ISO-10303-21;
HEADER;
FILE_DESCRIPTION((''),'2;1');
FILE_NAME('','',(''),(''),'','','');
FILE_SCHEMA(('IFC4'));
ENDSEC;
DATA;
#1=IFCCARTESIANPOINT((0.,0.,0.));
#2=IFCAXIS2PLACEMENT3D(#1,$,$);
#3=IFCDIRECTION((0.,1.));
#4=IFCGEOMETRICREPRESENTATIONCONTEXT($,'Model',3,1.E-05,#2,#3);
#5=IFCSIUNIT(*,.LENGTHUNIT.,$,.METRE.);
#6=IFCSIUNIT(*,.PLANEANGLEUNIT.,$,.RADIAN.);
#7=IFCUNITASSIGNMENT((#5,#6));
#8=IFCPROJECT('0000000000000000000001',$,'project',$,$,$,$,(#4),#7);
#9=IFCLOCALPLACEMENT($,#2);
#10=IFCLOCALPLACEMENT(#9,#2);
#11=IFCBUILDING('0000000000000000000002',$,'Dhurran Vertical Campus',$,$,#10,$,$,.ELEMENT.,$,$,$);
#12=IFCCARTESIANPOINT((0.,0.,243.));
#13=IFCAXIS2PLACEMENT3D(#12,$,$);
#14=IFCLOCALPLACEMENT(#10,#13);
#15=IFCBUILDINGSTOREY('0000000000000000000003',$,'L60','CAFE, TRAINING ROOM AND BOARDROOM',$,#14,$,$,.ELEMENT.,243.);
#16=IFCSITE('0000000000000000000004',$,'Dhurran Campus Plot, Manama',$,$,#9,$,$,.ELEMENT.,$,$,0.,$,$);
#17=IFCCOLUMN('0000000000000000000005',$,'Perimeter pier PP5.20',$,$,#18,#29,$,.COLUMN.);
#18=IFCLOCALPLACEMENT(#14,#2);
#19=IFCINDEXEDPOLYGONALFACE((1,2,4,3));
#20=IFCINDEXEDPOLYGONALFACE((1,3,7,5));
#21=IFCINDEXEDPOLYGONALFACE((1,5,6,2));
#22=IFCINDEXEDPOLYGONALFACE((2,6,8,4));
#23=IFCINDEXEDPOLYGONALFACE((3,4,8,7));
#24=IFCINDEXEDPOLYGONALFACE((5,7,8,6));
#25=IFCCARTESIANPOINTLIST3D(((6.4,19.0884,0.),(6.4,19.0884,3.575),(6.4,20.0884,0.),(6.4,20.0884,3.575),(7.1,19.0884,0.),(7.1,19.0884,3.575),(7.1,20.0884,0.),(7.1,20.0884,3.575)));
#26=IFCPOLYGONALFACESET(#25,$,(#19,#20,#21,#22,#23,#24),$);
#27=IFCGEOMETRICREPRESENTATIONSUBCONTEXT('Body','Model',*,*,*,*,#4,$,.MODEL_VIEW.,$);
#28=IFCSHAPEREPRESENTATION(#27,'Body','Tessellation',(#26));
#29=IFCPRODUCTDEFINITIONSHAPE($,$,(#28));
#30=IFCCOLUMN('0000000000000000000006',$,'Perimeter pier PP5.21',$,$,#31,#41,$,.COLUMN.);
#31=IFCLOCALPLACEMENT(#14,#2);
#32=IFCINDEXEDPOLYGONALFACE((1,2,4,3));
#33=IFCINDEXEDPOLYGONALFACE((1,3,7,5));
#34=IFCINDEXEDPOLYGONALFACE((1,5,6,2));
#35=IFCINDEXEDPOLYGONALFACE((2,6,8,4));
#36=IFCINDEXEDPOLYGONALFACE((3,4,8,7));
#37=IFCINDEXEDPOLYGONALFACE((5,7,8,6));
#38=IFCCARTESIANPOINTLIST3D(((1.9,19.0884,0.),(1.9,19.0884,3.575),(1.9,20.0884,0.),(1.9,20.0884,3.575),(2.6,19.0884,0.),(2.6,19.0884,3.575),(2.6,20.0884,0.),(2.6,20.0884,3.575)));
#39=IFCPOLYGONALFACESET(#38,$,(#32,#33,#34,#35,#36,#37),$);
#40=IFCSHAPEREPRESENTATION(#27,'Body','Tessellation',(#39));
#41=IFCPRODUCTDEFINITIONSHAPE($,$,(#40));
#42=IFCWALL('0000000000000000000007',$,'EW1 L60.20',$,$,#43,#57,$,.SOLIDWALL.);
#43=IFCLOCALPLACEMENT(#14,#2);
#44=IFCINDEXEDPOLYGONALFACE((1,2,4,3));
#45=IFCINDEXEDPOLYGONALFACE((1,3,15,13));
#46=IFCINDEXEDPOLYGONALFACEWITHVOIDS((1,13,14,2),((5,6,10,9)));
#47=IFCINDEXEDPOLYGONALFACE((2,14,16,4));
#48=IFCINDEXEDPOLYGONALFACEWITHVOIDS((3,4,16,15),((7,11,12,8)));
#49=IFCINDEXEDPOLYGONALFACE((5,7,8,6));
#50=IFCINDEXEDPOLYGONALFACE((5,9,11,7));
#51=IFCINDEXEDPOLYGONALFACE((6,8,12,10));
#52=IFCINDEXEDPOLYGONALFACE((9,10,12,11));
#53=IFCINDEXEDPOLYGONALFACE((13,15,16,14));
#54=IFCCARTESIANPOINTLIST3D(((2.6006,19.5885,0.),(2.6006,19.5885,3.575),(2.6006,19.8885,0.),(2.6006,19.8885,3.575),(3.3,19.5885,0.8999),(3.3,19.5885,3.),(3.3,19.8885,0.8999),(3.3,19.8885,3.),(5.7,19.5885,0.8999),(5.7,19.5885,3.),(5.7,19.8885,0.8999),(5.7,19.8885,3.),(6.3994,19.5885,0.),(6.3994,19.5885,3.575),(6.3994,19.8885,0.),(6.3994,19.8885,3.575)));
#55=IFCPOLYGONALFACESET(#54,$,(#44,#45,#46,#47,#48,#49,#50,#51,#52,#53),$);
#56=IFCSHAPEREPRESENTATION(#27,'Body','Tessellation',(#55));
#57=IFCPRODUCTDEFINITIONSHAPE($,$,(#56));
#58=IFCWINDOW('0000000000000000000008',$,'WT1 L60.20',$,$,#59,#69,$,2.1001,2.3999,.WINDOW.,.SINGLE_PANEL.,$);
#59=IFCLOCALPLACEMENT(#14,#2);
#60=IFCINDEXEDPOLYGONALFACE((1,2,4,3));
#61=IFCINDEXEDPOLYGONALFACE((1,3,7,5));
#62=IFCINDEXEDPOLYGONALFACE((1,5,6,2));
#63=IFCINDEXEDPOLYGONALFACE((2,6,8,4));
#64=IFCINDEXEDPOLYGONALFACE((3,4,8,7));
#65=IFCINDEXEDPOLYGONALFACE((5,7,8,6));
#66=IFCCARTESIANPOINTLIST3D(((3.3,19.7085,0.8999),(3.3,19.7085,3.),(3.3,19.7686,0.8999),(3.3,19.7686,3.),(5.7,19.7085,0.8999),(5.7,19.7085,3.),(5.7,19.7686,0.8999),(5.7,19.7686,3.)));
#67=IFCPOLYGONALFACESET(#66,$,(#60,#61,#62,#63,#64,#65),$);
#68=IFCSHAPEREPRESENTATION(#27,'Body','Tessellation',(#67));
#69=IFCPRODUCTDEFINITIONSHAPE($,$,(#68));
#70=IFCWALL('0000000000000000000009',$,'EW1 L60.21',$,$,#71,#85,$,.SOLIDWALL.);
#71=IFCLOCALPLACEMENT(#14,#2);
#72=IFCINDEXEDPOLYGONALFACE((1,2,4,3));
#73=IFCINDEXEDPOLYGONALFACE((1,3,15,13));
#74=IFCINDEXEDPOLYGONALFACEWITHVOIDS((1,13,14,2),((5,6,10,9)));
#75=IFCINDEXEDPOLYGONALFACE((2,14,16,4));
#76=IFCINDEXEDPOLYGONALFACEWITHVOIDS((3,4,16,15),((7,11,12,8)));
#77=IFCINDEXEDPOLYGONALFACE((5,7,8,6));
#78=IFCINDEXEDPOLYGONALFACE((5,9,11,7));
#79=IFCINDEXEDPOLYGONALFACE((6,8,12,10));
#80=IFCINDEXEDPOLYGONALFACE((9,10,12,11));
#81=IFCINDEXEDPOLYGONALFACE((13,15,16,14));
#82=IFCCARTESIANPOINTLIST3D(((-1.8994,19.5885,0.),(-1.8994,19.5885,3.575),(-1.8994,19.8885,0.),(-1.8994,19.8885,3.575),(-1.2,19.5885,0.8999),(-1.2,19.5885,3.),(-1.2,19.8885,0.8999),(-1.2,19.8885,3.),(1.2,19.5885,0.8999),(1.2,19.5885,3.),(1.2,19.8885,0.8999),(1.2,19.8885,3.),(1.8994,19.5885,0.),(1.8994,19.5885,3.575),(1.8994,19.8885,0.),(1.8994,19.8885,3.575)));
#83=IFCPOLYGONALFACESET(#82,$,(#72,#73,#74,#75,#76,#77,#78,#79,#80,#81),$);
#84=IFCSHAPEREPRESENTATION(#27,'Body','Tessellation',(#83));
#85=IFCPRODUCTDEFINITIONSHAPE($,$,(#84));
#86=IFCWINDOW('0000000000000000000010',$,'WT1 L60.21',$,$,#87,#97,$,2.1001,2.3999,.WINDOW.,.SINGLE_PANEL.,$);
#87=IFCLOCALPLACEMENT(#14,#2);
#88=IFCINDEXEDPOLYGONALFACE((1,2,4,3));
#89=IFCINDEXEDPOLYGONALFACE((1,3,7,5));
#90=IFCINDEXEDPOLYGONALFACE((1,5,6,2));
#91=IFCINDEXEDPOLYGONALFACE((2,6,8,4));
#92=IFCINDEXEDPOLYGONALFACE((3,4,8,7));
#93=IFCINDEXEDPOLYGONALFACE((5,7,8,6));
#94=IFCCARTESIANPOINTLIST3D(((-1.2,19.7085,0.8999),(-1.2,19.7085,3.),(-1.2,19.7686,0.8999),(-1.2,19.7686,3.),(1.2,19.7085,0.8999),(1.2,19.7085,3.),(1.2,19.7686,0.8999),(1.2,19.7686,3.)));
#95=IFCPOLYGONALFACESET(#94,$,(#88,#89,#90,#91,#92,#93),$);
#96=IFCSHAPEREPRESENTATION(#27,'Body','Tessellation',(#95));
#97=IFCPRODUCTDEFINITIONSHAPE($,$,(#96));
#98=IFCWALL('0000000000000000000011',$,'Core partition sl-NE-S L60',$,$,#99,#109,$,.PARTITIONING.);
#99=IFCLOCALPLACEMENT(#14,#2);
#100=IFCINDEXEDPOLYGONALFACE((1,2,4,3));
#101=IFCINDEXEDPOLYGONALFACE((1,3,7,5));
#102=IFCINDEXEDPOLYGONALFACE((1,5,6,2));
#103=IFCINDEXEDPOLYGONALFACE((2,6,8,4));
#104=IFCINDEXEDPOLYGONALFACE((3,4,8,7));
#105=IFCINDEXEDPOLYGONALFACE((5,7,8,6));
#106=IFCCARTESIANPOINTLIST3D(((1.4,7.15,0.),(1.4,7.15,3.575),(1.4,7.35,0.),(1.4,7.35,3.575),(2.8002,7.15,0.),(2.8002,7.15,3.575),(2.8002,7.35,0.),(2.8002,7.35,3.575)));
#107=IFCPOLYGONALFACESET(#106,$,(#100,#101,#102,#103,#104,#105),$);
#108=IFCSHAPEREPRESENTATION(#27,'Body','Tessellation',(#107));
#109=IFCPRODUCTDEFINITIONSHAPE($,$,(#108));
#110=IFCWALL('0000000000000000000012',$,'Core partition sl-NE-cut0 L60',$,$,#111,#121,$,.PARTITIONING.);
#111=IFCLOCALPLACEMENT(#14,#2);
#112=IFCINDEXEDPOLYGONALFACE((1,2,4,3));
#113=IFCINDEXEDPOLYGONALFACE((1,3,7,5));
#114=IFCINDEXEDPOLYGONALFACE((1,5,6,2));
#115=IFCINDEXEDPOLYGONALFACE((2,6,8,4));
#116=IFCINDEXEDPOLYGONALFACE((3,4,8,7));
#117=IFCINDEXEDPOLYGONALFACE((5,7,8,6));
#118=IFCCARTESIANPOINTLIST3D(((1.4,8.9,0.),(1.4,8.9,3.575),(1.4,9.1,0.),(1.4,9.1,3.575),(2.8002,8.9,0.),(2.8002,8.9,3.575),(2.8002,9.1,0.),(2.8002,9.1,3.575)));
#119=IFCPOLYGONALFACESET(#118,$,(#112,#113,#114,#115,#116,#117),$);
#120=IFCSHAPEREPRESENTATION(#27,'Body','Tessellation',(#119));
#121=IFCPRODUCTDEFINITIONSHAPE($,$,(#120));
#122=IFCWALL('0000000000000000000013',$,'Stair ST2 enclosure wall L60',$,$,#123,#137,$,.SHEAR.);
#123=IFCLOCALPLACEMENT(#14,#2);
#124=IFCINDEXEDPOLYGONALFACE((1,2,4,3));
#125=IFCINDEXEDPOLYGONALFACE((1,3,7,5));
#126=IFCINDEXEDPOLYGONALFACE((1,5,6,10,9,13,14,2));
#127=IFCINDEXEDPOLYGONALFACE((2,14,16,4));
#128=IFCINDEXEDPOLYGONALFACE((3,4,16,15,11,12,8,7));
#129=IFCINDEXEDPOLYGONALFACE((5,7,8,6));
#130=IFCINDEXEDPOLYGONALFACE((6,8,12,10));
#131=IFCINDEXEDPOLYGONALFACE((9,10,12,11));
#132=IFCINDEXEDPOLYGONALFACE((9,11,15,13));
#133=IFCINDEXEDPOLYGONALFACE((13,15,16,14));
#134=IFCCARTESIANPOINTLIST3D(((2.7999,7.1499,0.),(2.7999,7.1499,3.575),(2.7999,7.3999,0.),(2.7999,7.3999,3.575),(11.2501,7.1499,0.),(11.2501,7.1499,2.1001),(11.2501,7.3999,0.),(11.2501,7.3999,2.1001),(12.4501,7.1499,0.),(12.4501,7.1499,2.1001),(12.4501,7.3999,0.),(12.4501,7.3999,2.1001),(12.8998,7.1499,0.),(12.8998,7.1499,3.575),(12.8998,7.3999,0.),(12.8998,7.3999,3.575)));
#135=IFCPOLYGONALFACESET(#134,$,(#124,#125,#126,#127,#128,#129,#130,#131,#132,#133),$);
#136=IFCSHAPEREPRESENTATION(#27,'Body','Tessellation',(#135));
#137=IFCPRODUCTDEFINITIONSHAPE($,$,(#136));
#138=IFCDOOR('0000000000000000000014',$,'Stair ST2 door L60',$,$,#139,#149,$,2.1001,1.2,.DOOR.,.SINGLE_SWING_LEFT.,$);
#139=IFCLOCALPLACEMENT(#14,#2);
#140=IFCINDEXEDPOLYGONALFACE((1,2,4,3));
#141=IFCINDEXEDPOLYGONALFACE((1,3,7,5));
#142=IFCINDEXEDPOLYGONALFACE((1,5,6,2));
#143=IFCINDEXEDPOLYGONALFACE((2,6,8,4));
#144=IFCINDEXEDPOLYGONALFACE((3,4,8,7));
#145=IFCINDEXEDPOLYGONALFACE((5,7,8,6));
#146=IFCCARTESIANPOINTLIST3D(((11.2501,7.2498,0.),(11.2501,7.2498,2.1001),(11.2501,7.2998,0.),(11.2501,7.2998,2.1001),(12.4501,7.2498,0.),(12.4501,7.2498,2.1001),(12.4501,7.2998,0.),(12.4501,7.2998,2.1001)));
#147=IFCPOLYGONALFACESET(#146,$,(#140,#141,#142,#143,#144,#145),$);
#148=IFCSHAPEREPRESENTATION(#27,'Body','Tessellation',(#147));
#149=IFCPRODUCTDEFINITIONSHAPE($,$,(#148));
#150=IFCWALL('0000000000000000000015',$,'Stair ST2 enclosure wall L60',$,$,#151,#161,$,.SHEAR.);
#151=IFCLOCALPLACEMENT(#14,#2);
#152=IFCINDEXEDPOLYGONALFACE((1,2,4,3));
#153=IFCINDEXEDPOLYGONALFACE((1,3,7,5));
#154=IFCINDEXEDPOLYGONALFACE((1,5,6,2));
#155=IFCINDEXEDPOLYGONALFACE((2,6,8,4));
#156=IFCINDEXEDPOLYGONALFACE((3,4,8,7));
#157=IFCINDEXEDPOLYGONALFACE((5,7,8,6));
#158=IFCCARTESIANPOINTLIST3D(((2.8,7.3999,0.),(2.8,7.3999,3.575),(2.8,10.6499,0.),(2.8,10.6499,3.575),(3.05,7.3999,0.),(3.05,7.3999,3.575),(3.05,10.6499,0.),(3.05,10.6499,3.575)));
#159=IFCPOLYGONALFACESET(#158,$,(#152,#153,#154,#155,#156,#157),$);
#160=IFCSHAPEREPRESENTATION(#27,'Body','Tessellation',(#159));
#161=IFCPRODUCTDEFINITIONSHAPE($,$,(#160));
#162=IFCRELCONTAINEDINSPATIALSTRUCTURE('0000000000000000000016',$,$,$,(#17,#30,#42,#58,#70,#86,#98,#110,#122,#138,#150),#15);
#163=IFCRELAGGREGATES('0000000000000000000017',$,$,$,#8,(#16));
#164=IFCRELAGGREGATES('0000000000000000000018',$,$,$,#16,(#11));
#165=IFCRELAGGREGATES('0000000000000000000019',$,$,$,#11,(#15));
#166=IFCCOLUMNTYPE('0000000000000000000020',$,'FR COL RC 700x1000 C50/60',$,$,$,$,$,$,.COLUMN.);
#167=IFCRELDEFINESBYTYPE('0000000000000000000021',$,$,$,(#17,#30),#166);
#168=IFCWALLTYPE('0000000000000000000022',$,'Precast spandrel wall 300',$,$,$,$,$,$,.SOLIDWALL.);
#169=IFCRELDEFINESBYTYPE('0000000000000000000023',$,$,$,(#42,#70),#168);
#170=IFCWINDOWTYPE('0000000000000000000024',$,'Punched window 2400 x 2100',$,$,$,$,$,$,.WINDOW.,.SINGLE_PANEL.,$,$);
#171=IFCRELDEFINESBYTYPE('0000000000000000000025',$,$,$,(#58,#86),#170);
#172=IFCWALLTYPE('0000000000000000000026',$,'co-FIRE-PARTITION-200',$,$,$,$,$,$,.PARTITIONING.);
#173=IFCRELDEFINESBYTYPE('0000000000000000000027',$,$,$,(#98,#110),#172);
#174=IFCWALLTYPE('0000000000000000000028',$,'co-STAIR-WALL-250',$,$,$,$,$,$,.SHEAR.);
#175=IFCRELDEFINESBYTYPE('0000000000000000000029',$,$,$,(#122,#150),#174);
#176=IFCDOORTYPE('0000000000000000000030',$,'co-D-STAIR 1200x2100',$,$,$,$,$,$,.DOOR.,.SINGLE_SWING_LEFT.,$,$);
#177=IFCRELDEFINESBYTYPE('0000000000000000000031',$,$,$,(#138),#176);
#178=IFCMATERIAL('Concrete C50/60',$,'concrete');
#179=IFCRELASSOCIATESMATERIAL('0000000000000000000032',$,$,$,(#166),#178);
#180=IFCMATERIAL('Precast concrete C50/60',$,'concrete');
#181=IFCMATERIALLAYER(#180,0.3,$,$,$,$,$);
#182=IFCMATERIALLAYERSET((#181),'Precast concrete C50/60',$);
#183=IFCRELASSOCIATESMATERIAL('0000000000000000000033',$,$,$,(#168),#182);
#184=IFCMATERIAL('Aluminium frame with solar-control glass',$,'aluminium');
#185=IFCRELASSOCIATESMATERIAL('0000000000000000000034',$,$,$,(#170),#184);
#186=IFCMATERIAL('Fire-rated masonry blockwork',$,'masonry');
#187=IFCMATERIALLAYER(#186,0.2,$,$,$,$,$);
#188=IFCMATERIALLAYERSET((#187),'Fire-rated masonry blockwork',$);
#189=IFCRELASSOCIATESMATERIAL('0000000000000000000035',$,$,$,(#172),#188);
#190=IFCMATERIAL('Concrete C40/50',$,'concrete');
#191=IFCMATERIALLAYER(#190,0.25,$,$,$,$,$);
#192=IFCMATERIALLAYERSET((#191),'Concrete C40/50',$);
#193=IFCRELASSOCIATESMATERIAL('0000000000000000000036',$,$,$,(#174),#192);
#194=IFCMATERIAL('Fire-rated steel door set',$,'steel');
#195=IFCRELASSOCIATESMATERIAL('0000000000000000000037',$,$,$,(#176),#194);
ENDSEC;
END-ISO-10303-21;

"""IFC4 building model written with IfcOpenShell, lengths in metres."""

from ifc_helpers import new_model, si_unit, direction, frame, frame_2d, origin, origin_2d, place, context, subcontext, project, spatial, rectangle, extrude, material, layer, layer_set, material_profile, profile_set, type_object, element, fill, save


model = new_model("IFC4")

# Units and contexts
model_context = context("Model", 3, precision=1e-05, world=origin(), true_north=direction((0.0, 1.0)))
body_context = subcontext(model_context, "Body", "Model", "MODEL_VIEW")
ifc_project = project(units=[si_unit("LENGTHUNIT", "METRE"), si_unit("PLANEANGLEUNIT", "RADIAN")], contexts=[model_context])

# Site, building, storey
site_placement = place(None, origin())
site = spatial("IfcSite", under=ifc_project, at=site_placement, Name="Dhurran Campus Plot, Manama", CompositionType="ELEMENT", RefElevation=0.0)
building_placement = place(site_placement, origin())
building = spatial("IfcBuilding", under=site, at=building_placement, Name="Dhurran Vertical Campus", CompositionType="ELEMENT")
storey_placement = place(building_placement, frame((0.0, 0.0, 243.0)))
storey = spatial("IfcBuildingStorey", under=building, at=storey_placement, Name="L60", Description="CAFE, TRAINING ROOM AND BOARDROOM", CompositionType="ELEMENT", Elevation=243.0)

# Columns
ifc_material_1 = material(Name="Concrete C50/60", Category="concrete")
ifc_material_profile = material_profile(ifc_material_1, rectangle(XDim=0.7, YDim=1.0, at=origin_2d()), Name="RC 700x1000")
ifc_profile_set = profile_set([ifc_material_profile], Name="Concrete C50/60")
column_type = type_object("IfcColumnType", Name="FR COL RC 700x1000 C50/60", PredefinedType="COLUMN", material=ifc_profile_set)
for number, where, z_axis, x_axis, name in (
    (1, (6.75, 19.5884, 0.0), (0.0, 0.0, 1.0), (-1.0, 0.0, 0.0), "Perimeter pier PP5.20"),
    (2, (2.25, 19.5884, 0.0), (0.0, 0.0, 1.0), (-1.0, 0.0, 0.0), "Perimeter pier PP5.21"),
):
    element("IfcColumn", number, at=place(storey_placement, frame(where, z_axis=z_axis, x_axis=x_axis)), inside=storey, type_object=column_type, Name=name, PredefinedType="COLUMN", context=body_context, shape_type="SweptSolid", body=[
        extrude(rectangle(XDim=0.7, YDim=1.0, at=origin_2d()), origin(), (0.0, 0.0, 1.0), 3.575),
    ])

# Walls, openings, windows
ifc_material_2 = material(Name="Precast concrete C50/60", Category="concrete")
ifc_layer_1 = layer(ifc_material_2, 0.3)
ifc_layer_set_1 = layer_set([ifc_layer_1], Name="Precast concrete C50/60")
wall_type_1 = type_object("IfcWallType", Name="Precast spandrel wall 300", PredefinedType="SOLIDWALL", material=ifc_layer_set_1)
wall_1_placement = place(storey_placement, frame((6.3994, 19.7385, 0.0), z_axis=(0.0, 0.0, 1.0), x_axis=(-1.0, 0.0, 0.0)))
wall_1 = element("IfcWall", 3, at=wall_1_placement, inside=storey, type_object=wall_type_1, Name="EW1 L60.20", PredefinedType="SOLIDWALL", context=body_context, shape_type="SweptSolid", body=[
    extrude(rectangle(XDim=3.7988, YDim=0.3, at=frame_2d((1.8994, 0.0))), origin(), (0.0, 0.0, 1.0), 3.575),
])
opening_1_placement = place(wall_1_placement, frame((0.6995, 0.0, 0.8999)))
opening_1 = element("IfcOpeningElement", 4, at=opening_1_placement, cuts=wall_1, PredefinedType="OPENING", context=body_context, shape_type="SweptSolid", body=[
    extrude(rectangle(XDim=2.3999, YDim=2.1001, at=frame_2d((1.2, 1.05))), frame((0.0, 0.1599, 0.0), z_axis=(0.0, -1.0, 0.0), x_axis=(1.0, 0.0, 0.0)), (0.0, 0.0, 1.0), 0.3201),
])
ifc_material_3 = material(Name="Aluminium frame with solar-control glass", Category="aluminium")
window_type = type_object("IfcWindowType", Name="Punched window 2400 x 2100", PartitioningType="SINGLE_PANEL", PredefinedType="WINDOW", material=ifc_material_3)
window_1_placement = place(opening_1_placement, origin())
window_1 = element("IfcWindow", 5, at=window_1_placement, inside=storey, type_object=window_type, Name="WT1 L60.20", OverallHeight=2.1001, OverallWidth=2.3999, PartitioningType="SINGLE_PANEL", PredefinedType="WINDOW", context=body_context, shape_type="SweptSolid", body=[
    extrude(rectangle(XDim=2.3999, YDim=2.1001, at=frame_2d((1.2, 1.05))), frame((0.0, 0.03, 0.0), z_axis=(0.0, -1.0, 0.0), x_axis=(1.0, 0.0, 0.0)), (0.0, 0.0, 1.0), 0.0601),
])
fill(opening_1, window_1)
wall_2_placement = place(storey_placement, frame((1.8994, 19.7385, 0.0), z_axis=(0.0, 0.0, 1.0), x_axis=(-1.0, 0.0, 0.0)))
wall_2 = element("IfcWall", 6, at=wall_2_placement, inside=storey, type_object=wall_type_1, Name="EW1 L60.21", PredefinedType="SOLIDWALL", context=body_context, shape_type="SweptSolid", body=[
    extrude(rectangle(XDim=3.7988, YDim=0.3, at=frame_2d((1.8994, 0.0))), origin(), (0.0, 0.0, 1.0), 3.575),
])
opening_2_placement = place(wall_2_placement, frame((0.6995, 0.0, 0.8999)))
opening_2 = element("IfcOpeningElement", 7, at=opening_2_placement, cuts=wall_2, PredefinedType="OPENING", context=body_context, shape_type="SweptSolid", body=[
    extrude(rectangle(XDim=2.3999, YDim=2.1001, at=frame_2d((1.2, 1.05))), frame((0.0, 0.1599, 0.0), z_axis=(0.0, -1.0, 0.0), x_axis=(1.0, 0.0, 0.0)), (0.0, 0.0, 1.0), 0.3201),
])
window_2_placement = place(opening_2_placement, origin())
window_2 = element("IfcWindow", 8, at=window_2_placement, inside=storey, type_object=window_type, Name="WT1 L60.21", OverallHeight=2.1001, OverallWidth=2.3999, PartitioningType="SINGLE_PANEL", PredefinedType="WINDOW", context=body_context, shape_type="SweptSolid", body=[
    extrude(rectangle(XDim=2.3999, YDim=2.1001, at=frame_2d((1.2, 1.05))), frame((0.0, 0.03, 0.0), z_axis=(0.0, -1.0, 0.0), x_axis=(1.0, 0.0, 0.0)), (0.0, 0.0, 1.0), 0.0601),
])
fill(opening_2, window_2)

# Walls
ifc_material_4 = material(Name="Fire-rated masonry blockwork", Category="masonry")
ifc_layer_2 = layer(ifc_material_4, 0.2)
ifc_layer_set_2 = layer_set([ifc_layer_2], Name="Fire-rated masonry blockwork")
wall_type_2 = type_object("IfcWallType", Name="co-FIRE-PARTITION-200", PredefinedType="PARTITIONING", material=ifc_layer_set_2)
for number, where, z_axis, x_axis, name in (
    (9, (1.3999, 7.25, 0.0), (0.0, 0.0, 1.0), (1.0, 0.0, 0.0), "Core partition sl-NE-S L60"),
    (10, (1.3999, 9.0, 0.0), (0.0, 0.0, 1.0), (1.0, 0.0, 0.0), "Core partition sl-NE-cut0 L60"),
):
    element("IfcWall", number, at=place(storey_placement, frame(where, z_axis=z_axis, x_axis=x_axis)), inside=storey, type_object=wall_type_2, Name=name, PredefinedType="PARTITIONING", context=body_context, shape_type="SweptSolid", body=[
        extrude(rectangle(XDim=1.4001, YDim=0.2, at=frame_2d((0.7002, 0.0))), origin(), (0.0, 0.0, 1.0), 3.575),
    ])

# Wall, opening, door
ifc_material_5 = material(Name="Concrete C40/50", Category="concrete")
ifc_layer_3 = layer(ifc_material_5, 0.25)
ifc_layer_set_3 = layer_set([ifc_layer_3], Name="Concrete C40/50")
wall_type_3 = type_object("IfcWallType", Name="co-STAIR-WALL-250", PredefinedType="SHEAR", material=ifc_layer_set_3)
wall_3_placement = place(storey_placement, frame((2.8, 7.2749, 0.0), z_axis=(0.0, 0.0, 1.0), x_axis=(1.0, 0.0, 0.0)))
wall_3 = element("IfcWall", 11, at=wall_3_placement, inside=storey, type_object=wall_type_3, Name="Stair ST2 enclosure wall L60", PredefinedType="SHEAR", context=body_context, shape_type="SweptSolid", body=[
    extrude(rectangle(XDim=10.0999, YDim=0.25, at=frame_2d((5.0498, 0.0))), origin(), (0.0, 0.0, 1.0), 3.575),
])
opening_3_placement = place(wall_3_placement, frame((8.45, 0.0, 0.0)))
opening_3 = element("IfcOpeningElement", 12, at=opening_3_placement, cuts=wall_3, PredefinedType="OPENING", context=body_context, shape_type="SweptSolid", body=[
    extrude(rectangle(XDim=1.2, YDim=2.1001, at=frame_2d((0.6001, 1.05))), frame((0.0, 0.135, 0.0), z_axis=(0.0, -1.0, 0.0), x_axis=(1.0, 0.0, 0.0)), (0.0, 0.0, 1.0), 0.27),
])
ifc_material_6 = material(Name="Fire-rated steel door set", Category="steel")
door_type_1 = type_object("IfcDoorType", Name="co-D-STAIR 1200x2100", OperationType="SINGLE_SWING_LEFT", PredefinedType="DOOR", material=ifc_material_6)
door_1_placement = place(opening_3_placement, origin())
door_1 = element("IfcDoor", 13, at=door_1_placement, inside=storey, type_object=door_type_1, Name="Stair ST2 door L60", OperationType="SINGLE_SWING_LEFT", OverallHeight=2.1001, OverallWidth=1.2, PredefinedType="DOOR", context=body_context, shape_type="SweptSolid", body=[
    extrude(rectangle(XDim=1.2, YDim=2.1001, at=frame_2d((0.6001, 1.05))), frame((0.0, 0.0249, 0.0), z_axis=(0.0, -1.0, 0.0), x_axis=(1.0, 0.0, 0.0)), (0.0, 0.0, 1.0), 0.05),
])
fill(opening_3, door_1)

# Wall
wall_4_placement = place(storey_placement, frame((2.925, 7.3999, 0.0), z_axis=(0.0, 0.0, 1.0), x_axis=(0.0, 1.0, 0.0)))
element("IfcWall", 14, at=wall_4_placement, inside=storey, type_object=wall_type_3, Name="Stair ST2 enclosure wall L60", PredefinedType="SHEAR", context=body_context, shape_type="SweptSolid", body=[
    extrude(rectangle(XDim=3.25, YDim=0.25, at=frame_2d((1.625, 0.0))), origin(), (0.0, 0.0, 1.0), 3.575),
])

save(model, "model.ifc")
